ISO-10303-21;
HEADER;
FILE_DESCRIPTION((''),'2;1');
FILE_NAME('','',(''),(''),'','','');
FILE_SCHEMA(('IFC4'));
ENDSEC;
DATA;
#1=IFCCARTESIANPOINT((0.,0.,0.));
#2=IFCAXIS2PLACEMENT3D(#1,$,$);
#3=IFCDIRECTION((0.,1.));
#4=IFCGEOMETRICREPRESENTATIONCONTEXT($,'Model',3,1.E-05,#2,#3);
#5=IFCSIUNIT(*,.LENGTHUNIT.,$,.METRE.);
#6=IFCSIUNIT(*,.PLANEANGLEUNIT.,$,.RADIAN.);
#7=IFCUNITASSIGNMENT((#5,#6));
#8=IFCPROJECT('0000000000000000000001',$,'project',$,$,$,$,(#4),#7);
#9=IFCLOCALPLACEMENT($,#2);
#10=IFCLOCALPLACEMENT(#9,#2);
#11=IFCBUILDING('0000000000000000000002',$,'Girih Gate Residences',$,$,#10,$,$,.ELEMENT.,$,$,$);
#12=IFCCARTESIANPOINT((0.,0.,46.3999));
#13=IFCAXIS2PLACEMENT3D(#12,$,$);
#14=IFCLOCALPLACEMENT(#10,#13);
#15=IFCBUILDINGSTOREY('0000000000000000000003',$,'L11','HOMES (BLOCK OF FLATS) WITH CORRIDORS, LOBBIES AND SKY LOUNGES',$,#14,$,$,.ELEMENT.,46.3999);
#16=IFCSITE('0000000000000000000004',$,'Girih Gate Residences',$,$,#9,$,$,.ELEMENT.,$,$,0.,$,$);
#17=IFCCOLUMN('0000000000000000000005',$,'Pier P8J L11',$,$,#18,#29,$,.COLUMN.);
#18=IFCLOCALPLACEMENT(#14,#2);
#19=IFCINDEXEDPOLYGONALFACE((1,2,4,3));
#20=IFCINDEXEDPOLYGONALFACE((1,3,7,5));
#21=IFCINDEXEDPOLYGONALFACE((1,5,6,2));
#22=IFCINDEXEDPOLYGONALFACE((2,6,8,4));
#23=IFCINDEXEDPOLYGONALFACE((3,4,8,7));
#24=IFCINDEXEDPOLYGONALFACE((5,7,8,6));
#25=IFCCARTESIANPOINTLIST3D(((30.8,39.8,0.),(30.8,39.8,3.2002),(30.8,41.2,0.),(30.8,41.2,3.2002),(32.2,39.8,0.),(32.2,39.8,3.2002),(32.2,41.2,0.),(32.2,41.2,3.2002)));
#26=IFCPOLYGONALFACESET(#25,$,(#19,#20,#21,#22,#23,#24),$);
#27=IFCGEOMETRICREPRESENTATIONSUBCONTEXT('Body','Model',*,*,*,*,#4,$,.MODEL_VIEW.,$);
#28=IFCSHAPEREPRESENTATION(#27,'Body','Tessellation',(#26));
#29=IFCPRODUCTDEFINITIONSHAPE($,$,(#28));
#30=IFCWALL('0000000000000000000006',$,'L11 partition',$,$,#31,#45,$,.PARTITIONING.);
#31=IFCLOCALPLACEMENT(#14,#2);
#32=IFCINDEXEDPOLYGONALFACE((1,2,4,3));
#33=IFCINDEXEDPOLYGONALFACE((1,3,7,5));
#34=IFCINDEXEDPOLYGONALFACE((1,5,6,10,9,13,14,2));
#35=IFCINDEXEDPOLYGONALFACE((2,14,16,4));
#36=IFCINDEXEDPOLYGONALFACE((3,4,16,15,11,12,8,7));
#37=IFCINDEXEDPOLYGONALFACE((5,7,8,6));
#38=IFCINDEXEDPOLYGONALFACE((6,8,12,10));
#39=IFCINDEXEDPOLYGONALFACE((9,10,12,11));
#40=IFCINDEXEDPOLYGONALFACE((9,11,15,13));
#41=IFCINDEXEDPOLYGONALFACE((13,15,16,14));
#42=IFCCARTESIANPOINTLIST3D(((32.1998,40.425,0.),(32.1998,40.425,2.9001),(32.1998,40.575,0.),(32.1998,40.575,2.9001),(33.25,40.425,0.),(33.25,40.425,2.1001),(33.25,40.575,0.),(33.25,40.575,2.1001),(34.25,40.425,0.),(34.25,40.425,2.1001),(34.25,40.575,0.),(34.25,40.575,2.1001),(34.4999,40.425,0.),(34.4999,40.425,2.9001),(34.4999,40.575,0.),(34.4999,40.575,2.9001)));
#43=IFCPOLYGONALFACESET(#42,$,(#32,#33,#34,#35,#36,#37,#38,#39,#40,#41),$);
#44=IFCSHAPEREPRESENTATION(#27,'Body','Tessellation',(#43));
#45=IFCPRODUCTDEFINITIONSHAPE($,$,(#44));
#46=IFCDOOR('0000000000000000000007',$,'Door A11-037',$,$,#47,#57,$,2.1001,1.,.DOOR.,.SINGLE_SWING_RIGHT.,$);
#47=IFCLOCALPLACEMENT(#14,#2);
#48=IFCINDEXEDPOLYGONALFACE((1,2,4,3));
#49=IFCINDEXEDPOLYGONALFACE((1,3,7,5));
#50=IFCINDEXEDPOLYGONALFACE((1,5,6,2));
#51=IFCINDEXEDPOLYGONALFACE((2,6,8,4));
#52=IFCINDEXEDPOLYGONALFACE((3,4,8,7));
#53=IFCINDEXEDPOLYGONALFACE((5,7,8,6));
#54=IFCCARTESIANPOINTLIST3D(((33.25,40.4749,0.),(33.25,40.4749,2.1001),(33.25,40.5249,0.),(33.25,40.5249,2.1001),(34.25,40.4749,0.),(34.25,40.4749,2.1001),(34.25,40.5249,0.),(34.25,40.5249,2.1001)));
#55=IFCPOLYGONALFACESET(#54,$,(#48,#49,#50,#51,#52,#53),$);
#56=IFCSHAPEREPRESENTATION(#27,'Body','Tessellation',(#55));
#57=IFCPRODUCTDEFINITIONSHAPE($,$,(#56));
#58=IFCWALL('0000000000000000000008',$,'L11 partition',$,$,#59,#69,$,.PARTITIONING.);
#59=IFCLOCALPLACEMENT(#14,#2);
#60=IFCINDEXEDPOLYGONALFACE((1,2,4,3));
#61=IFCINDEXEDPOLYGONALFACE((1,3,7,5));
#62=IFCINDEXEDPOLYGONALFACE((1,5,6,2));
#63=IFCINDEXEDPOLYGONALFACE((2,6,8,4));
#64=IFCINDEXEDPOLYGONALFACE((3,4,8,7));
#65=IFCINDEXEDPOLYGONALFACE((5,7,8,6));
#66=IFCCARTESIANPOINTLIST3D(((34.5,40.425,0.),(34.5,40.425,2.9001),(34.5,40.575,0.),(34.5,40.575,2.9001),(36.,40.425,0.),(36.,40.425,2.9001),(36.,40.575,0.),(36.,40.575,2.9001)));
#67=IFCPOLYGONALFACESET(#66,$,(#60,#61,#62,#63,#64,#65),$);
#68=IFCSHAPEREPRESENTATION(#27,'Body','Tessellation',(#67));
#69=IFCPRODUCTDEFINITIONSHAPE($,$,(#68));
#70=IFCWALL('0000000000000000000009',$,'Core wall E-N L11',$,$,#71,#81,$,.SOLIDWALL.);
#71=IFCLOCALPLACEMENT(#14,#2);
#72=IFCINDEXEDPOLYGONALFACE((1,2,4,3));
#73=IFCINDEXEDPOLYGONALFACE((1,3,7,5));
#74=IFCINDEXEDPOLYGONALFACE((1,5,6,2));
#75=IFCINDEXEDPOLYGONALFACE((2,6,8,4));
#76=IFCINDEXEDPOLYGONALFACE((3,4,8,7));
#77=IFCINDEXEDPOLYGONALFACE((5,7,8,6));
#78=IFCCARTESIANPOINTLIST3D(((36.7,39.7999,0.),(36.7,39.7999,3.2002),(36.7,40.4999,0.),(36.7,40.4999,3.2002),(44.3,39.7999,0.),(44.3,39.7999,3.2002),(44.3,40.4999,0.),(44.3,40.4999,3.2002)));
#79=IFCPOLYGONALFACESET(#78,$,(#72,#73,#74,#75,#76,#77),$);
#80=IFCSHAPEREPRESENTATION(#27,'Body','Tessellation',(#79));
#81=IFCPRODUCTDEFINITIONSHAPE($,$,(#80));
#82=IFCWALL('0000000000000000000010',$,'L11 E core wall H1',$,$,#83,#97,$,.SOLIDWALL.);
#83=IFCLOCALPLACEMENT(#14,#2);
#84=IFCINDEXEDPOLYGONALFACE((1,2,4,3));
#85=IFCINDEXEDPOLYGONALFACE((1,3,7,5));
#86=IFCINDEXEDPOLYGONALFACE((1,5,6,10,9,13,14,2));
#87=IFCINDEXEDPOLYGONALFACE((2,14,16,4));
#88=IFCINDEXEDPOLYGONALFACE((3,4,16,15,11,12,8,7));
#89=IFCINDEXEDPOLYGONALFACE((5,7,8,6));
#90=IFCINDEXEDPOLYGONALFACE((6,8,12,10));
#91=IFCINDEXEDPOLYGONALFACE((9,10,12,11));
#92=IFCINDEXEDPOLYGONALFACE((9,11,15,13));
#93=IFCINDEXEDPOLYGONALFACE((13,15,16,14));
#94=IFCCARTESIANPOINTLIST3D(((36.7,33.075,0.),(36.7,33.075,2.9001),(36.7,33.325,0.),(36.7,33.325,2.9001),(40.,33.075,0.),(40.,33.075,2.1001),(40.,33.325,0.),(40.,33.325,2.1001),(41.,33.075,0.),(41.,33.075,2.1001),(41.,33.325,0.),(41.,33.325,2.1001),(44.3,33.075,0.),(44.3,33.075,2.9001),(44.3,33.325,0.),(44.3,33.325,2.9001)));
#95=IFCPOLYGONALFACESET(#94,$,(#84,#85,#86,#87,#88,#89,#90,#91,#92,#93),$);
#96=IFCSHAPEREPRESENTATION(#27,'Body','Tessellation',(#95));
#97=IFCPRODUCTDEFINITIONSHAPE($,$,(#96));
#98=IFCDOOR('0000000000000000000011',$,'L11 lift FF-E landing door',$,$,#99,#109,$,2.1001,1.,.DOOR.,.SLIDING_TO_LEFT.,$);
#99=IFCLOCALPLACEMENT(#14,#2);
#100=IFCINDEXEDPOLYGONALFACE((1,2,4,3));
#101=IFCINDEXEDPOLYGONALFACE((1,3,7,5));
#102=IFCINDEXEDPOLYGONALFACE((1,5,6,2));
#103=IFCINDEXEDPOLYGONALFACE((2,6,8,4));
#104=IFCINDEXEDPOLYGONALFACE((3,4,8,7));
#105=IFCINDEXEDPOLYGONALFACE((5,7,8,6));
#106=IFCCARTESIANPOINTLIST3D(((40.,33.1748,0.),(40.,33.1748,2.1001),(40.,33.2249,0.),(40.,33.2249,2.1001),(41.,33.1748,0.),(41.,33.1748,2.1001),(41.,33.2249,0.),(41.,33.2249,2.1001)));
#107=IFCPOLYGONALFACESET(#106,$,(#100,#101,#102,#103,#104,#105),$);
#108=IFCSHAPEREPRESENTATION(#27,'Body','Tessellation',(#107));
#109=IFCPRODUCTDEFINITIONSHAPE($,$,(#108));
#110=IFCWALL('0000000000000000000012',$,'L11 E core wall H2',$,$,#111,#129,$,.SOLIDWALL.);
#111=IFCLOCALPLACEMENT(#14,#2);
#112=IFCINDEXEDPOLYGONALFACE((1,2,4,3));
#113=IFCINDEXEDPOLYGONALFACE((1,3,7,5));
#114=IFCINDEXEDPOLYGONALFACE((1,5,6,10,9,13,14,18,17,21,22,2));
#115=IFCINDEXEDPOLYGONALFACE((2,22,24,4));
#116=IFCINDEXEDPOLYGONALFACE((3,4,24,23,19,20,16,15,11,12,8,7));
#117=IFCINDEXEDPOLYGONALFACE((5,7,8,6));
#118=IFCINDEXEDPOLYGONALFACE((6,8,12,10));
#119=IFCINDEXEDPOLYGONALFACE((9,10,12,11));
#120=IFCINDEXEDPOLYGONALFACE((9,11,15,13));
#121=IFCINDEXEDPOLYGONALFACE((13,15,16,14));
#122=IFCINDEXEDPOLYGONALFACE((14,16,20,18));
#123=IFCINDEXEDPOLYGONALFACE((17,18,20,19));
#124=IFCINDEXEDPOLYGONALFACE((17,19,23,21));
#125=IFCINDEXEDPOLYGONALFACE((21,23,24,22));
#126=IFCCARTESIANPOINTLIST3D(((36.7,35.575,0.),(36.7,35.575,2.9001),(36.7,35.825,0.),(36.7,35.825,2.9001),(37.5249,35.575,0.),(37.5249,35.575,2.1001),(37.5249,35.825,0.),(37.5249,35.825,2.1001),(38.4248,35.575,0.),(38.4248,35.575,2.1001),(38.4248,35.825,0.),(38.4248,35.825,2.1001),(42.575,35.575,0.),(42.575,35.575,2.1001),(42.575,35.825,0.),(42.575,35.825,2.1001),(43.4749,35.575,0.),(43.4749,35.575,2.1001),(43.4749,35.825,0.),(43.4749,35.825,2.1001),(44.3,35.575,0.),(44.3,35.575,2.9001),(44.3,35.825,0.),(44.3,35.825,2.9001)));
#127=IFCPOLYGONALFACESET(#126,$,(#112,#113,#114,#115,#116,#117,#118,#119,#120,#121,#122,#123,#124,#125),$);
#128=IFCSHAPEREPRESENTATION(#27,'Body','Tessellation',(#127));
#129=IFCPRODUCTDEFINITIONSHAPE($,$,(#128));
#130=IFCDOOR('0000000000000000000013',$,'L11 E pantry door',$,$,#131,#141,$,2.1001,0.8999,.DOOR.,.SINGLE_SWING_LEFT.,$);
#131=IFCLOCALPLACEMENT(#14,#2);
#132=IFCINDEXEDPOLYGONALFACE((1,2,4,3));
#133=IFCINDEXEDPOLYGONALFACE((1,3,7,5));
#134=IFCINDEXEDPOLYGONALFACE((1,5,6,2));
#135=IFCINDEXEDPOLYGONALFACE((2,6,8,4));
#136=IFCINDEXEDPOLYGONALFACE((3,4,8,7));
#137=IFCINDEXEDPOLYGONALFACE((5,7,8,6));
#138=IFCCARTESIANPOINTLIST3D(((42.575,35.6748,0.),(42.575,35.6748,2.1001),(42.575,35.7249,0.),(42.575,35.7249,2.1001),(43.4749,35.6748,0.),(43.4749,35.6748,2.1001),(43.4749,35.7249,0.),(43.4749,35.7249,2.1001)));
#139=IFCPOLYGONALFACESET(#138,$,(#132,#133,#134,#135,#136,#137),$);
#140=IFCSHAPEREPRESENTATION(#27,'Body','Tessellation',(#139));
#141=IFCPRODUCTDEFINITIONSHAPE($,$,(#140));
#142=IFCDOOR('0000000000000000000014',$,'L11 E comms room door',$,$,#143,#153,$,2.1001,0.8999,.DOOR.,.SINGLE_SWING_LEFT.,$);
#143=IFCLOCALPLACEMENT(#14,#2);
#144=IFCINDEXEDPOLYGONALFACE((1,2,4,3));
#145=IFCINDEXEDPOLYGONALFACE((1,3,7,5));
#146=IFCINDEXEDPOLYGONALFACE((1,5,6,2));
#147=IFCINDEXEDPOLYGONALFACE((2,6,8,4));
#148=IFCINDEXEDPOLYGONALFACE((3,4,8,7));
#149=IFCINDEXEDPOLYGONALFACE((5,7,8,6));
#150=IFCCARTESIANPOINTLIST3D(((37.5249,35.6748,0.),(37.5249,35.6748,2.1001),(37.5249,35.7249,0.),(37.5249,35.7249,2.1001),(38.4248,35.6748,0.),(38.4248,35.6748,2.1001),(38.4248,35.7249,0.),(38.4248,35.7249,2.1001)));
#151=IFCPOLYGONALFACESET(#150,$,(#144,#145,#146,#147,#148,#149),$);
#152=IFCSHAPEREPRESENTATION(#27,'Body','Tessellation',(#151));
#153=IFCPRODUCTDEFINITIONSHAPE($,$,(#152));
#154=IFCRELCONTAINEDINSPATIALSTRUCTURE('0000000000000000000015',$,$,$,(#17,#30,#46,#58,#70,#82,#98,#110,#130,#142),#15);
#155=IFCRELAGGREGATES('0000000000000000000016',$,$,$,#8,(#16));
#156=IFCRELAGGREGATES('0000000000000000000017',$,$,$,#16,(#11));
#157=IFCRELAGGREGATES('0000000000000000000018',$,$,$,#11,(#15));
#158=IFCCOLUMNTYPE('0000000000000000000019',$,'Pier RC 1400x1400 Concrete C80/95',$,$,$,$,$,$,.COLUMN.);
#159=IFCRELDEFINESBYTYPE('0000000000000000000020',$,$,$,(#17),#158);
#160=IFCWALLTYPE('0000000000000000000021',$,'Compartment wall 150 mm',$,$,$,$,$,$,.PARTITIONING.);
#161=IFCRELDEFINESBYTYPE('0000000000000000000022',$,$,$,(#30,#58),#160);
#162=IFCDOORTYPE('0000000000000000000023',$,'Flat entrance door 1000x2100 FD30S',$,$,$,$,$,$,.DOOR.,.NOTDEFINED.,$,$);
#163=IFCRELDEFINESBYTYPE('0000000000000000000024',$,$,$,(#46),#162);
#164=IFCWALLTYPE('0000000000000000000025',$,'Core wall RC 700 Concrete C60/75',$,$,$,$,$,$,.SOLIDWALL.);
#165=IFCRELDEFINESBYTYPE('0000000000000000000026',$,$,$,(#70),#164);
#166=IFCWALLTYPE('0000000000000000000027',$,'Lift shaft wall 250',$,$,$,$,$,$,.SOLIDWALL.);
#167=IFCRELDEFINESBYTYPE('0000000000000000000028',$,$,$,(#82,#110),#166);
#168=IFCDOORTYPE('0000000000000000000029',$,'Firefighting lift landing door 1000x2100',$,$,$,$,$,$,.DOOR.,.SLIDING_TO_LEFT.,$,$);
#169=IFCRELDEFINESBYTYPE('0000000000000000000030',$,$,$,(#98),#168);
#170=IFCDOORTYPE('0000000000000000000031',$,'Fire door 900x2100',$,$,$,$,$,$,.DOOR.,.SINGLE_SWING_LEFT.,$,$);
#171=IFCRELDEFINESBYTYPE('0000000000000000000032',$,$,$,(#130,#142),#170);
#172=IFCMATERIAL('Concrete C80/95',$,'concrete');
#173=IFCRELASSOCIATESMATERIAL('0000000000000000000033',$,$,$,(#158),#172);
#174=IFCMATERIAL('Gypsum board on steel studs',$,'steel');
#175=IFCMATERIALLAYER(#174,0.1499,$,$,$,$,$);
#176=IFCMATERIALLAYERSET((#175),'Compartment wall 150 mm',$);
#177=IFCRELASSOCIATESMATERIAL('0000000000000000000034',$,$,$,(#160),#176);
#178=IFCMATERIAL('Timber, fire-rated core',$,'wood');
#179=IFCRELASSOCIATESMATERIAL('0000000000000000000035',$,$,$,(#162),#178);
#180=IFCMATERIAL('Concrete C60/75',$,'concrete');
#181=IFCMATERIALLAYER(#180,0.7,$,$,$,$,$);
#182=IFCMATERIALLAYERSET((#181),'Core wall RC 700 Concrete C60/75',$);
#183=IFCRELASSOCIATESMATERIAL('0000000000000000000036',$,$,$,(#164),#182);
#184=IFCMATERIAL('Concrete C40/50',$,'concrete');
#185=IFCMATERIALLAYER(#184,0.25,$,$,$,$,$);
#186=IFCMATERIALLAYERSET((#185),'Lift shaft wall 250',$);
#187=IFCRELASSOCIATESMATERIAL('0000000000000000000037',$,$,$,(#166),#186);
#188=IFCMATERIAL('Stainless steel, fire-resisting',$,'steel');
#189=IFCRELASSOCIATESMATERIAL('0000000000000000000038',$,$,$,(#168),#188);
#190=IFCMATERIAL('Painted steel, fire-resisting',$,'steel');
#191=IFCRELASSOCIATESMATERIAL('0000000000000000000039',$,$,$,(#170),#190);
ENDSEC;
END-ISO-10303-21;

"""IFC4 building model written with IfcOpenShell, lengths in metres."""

from ifc_helpers import new_model, si_unit, direction, frame, frame_2d, origin, origin_2d, place, context, subcontext, project, spatial, rectangle, extrude, material, layer, layer_set, material_profile, profile_set, type_object, element, fill, save


model = new_model("IFC4")

# Units and contexts
model_context = context("Model", 3, precision=1e-05, world=origin(), true_north=direction((0.0, 1.0)))
body_context = subcontext(model_context, "Body", "Model", "MODEL_VIEW")
ifc_project = project(units=[si_unit("LENGTHUNIT", "METRE"), si_unit("PLANEANGLEUNIT", "RADIAN")], contexts=[model_context])

# Site, building, storey
site_placement = place(None, origin())
site = spatial("IfcSite", under=ifc_project, at=site_placement, Name="Girih Gate Residences", CompositionType="ELEMENT", RefElevation=0.0)
building_placement = place(site_placement, origin())
building = spatial("IfcBuilding", under=site, at=building_placement, Name="Girih Gate Residences", CompositionType="ELEMENT")
storey_placement = place(building_placement, frame((0.0, 0.0, 46.3999)))
storey = spatial("IfcBuildingStorey", under=building, at=storey_placement, Name="L11", Description="HOMES (BLOCK OF FLATS) WITH CORRIDORS, LOBBIES AND SKY LOUNGES", CompositionType="ELEMENT", Elevation=46.3999)

# Column
ifc_material_1 = material(Name="Concrete C80/95", Category="concrete")
ifc_material_profile = material_profile(ifc_material_1, rectangle(XDim=1.3999, YDim=1.3999, at=origin_2d()))
ifc_profile_set = profile_set([ifc_material_profile], Name="Concrete C80/95")
column_type = type_object("IfcColumnType", Name="Pier RC 1400x1400 Concrete C80/95", PredefinedType="COLUMN", material=ifc_profile_set)
column_placement = place(storey_placement, frame((31.5, 40.5, 0.0), z_axis=(0.0, 0.0, 1.0), x_axis=(1.0, 0.0, 0.0)))
element("IfcColumn", 1, at=column_placement, inside=storey, type_object=column_type, Name="Pier P8J L11", PredefinedType="COLUMN", context=body_context, shape_type="SweptSolid", body=[
    extrude(rectangle(XDim=1.3999, YDim=1.3999, at=origin_2d()), origin(), (0.0, 0.0, 1.0), 3.2002),
])

# Wall, opening, door
ifc_material_2 = material(Name="Gypsum board on steel studs", Category="steel")
ifc_layer_1 = layer(ifc_material_2, 0.1499)
ifc_layer_set_1 = layer_set([ifc_layer_1], Name="Compartment wall 150 mm")
wall_type_1 = type_object("IfcWallType", Name="Compartment wall 150 mm", PredefinedType="PARTITIONING", material=ifc_layer_set_1)
wall_1_placement = place(storey_placement, frame((32.2, 40.5, 0.0), z_axis=(0.0, 0.0, 1.0), x_axis=(1.0, 0.0, 0.0)))
wall_1 = element("IfcWall", 2, at=wall_1_placement, inside=storey, type_object=wall_type_1, Name="L11 partition", PredefinedType="PARTITIONING", context=body_context, shape_type="SweptSolid", body=[
    extrude(rectangle(XDim=2.3, YDim=0.1499, at=frame_2d((1.1499, 0.0))), origin(), (0.0, 0.0, 1.0), 2.9001),
])
opening_1_placement = place(wall_1_placement, frame((1.05, 0.0, 0.0)))
opening_1 = element("IfcOpeningElement", 3, at=opening_1_placement, cuts=wall_1, PredefinedType="OPENING", context=body_context, shape_type="SweptSolid", body=[
    extrude(rectangle(XDim=1.0, YDim=2.1001, at=frame_2d((0.5, 1.05))), frame((0.0, 0.085, 0.0), z_axis=(0.0, -1.0, 0.0), x_axis=(1.0, 0.0, 0.0)), (0.0, 0.0, 1.0), 0.1699),
])
ifc_material_3 = material(Name="Timber, fire-rated core", Category="wood")
door_type_1 = type_object("IfcDoorType", Name="Flat entrance door 1000x2100 FD30S", OperationType="NOTDEFINED", PredefinedType="DOOR", material=ifc_material_3)
door_1_placement = place(opening_1_placement, origin())
door_1 = element("IfcDoor", 4, at=door_1_placement, inside=storey, type_object=door_type_1, Name="Door A11-037", OperationType="SINGLE_SWING_RIGHT", OverallHeight=2.1001, OverallWidth=1.0, PredefinedType="DOOR", context=body_context, shape_type="SweptSolid", body=[
    extrude(rectangle(XDim=1.0, YDim=2.1001, at=frame_2d((0.5, 1.05))), frame((0.0, 0.0249, 0.0), z_axis=(0.0, -1.0, 0.0), x_axis=(1.0, 0.0, 0.0)), (0.0, 0.0, 1.0), 0.05),
])
fill(opening_1, door_1)

# Walls
wall_2_placement = place(storey_placement, frame((34.5, 40.5, 0.0), z_axis=(0.0, 0.0, 1.0), x_axis=(1.0, 0.0, 0.0)))
element("IfcWall", 5, at=wall_2_placement, inside=storey, type_object=wall_type_1, Name="L11 partition", PredefinedType="PARTITIONING", context=body_context, shape_type="SweptSolid", body=[
    extrude(rectangle(XDim=1.5, YDim=0.1499, at=frame_2d((0.75, 0.0))), origin(), (0.0, 0.0, 1.0), 2.9001),
])
ifc_material_4 = material(Name="Concrete C60/75", Category="concrete")
ifc_layer_2 = layer(ifc_material_4, 0.7)
ifc_layer_set_2 = layer_set([ifc_layer_2], Name="Core wall RC 700 Concrete C60/75")
wall_type_2 = type_object("IfcWallType", Name="Core wall RC 700 Concrete C60/75", PredefinedType="SOLIDWALL", material=ifc_layer_set_2)
wall_3_placement = place(storey_placement, frame((36.7, 40.1499, 0.0), z_axis=(0.0, 0.0, 1.0), x_axis=(1.0, 0.0, 0.0)))
element("IfcWall", 6, at=wall_3_placement, inside=storey, type_object=wall_type_2, Name="Core wall E-N L11", PredefinedType="SOLIDWALL", context=body_context, shape_type="SweptSolid", body=[
    extrude(rectangle(XDim=7.6001, YDim=0.7, at=frame_2d((3.8, 0.0))), origin(), (0.0, 0.0, 1.0), 3.2002),
])

# Wall, opening, door
ifc_material_5 = material(Name="Concrete C40/50", Category="concrete")
ifc_layer_3 = layer(ifc_material_5, 0.25)
ifc_layer_set_3 = layer_set([ifc_layer_3], Name="Lift shaft wall 250")
wall_type_3 = type_object("IfcWallType", Name="Lift shaft wall 250", PredefinedType="SOLIDWALL", material=ifc_layer_set_3)
wall_4_placement = place(storey_placement, frame((36.7, 33.2, 0.0), z_axis=(0.0, 0.0, 1.0), x_axis=(1.0, 0.0, 0.0)))
wall_4 = element("IfcWall", 7, at=wall_4_placement, inside=storey, type_object=wall_type_3, Name="L11 E core wall H1", PredefinedType="SOLIDWALL", context=body_context, shape_type="SweptSolid", body=[
    extrude(rectangle(XDim=7.6001, YDim=0.25, at=frame_2d((3.8, 0.0))), origin(), (0.0, 0.0, 1.0), 2.9001),
])
opening_2_placement = place(wall_4_placement, frame((3.3, 0.0, 0.0)))
opening_2 = element("IfcOpeningElement", 8, at=opening_2_placement, cuts=wall_4, PredefinedType="OPENING", context=body_context, shape_type="SweptSolid", body=[
    extrude(rectangle(XDim=1.0, YDim=2.1001, at=frame_2d((0.5, 1.05))), frame((0.0, 0.135, 0.0), z_axis=(0.0, -1.0, 0.0), x_axis=(1.0, 0.0, 0.0)), (0.0, 0.0, 1.0), 0.27),
])
ifc_material_6 = material(Name="Stainless steel, fire-resisting", Category="steel")
door_type_2 = type_object("IfcDoorType", Name="Firefighting lift landing door 1000x2100", OperationType="SLIDING_TO_LEFT", PredefinedType="DOOR", material=ifc_material_6)
door_2_placement = place(opening_2_placement, origin())
door_2 = element("IfcDoor", 9, at=door_2_placement, inside=storey, type_object=door_type_2, Name="L11 lift FF-E landing door", OperationType="SLIDING_TO_LEFT", OverallHeight=2.1001, OverallWidth=1.0, PredefinedType="DOOR", context=body_context, shape_type="SweptSolid", body=[
    extrude(rectangle(XDim=1.0, YDim=2.1001, at=frame_2d((0.5, 1.05))), frame((0.0, 0.0249, 0.0), z_axis=(0.0, -1.0, 0.0), x_axis=(1.0, 0.0, 0.0)), (0.0, 0.0, 1.0), 0.05),
])
fill(opening_2, door_2)

# Wall, openings, doors
wall_5_placement = place(storey_placement, frame((36.7, 35.7, 0.0), z_axis=(0.0, 0.0, 1.0), x_axis=(1.0, 0.0, 0.0)))
wall_5 = element("IfcWall", 10, at=wall_5_placement, inside=storey, type_object=wall_type_3, Name="L11 E core wall H2", PredefinedType="SOLIDWALL", context=body_context, shape_type="SweptSolid", body=[
    extrude(rectangle(XDim=7.6001, YDim=0.25, at=frame_2d((3.8, 0.0))), origin(), (0.0, 0.0, 1.0), 2.9001),
])
opening_3_placement = place(wall_5_placement, frame((5.875, 0.0, 0.0)))
opening_3 = element("IfcOpeningElement", 11, at=opening_3_placement, cuts=wall_5, PredefinedType="OPENING", context=body_context, shape_type="SweptSolid", body=[
    extrude(rectangle(XDim=0.8999, YDim=2.1001, at=frame_2d((0.45, 1.05))), frame((0.0, 0.135, 0.0), z_axis=(0.0, -1.0, 0.0), x_axis=(1.0, 0.0, 0.0)), (0.0, 0.0, 1.0), 0.27),
])
opening_4_placement = place(wall_5_placement, frame((0.825, 0.0, 0.0)))
opening_4 = element("IfcOpeningElement", 12, at=opening_4_placement, cuts=wall_5, PredefinedType="OPENING", context=body_context, shape_type="SweptSolid", body=[
    extrude(rectangle(XDim=0.8999, YDim=2.1001, at=frame_2d((0.45, 1.05))), frame((0.0, 0.135, 0.0), z_axis=(0.0, -1.0, 0.0), x_axis=(1.0, 0.0, 0.0)), (0.0, 0.0, 1.0), 0.27),
])
ifc_material_7 = material(Name="Painted steel, fire-resisting", Category="steel")
door_type_3 = type_object("IfcDoorType", Name="Fire door 900x2100", OperationType="SINGLE_SWING_LEFT", PredefinedType="DOOR", material=ifc_material_7)
door_3_placement = place(opening_3_placement, origin())
door_3 = element("IfcDoor", 13, at=door_3_placement, inside=storey, type_object=door_type_3, Name="L11 E pantry door", OperationType="SINGLE_SWING_LEFT", OverallHeight=2.1001, OverallWidth=0.8999, PredefinedType="DOOR", context=body_context, shape_type="SweptSolid", body=[
    extrude(rectangle(XDim=0.8999, YDim=2.1001, at=frame_2d((0.45, 1.05))), frame((0.0, 0.0249, 0.0), z_axis=(0.0, -1.0, 0.0), x_axis=(1.0, 0.0, 0.0)), (0.0, 0.0, 1.0), 0.05),
])
fill(opening_3, door_3)
door_4_placement = place(opening_4_placement, origin())
door_4 = element("IfcDoor", 14, at=door_4_placement, inside=storey, type_object=door_type_3, Name="L11 E comms room door", OperationType="SINGLE_SWING_LEFT", OverallHeight=2.1001, OverallWidth=0.8999, PredefinedType="DOOR", context=body_context, shape_type="SweptSolid", body=[
    extrude(rectangle(XDim=0.8999, YDim=2.1001, at=frame_2d((0.45, 1.05))), frame((0.0, 0.0249, 0.0), z_axis=(0.0, -1.0, 0.0), x_axis=(1.0, 0.0, 0.0)), (0.0, 0.0, 1.0), 0.05),
])
fill(opening_4, door_4)

save(model, "model.ifc")
